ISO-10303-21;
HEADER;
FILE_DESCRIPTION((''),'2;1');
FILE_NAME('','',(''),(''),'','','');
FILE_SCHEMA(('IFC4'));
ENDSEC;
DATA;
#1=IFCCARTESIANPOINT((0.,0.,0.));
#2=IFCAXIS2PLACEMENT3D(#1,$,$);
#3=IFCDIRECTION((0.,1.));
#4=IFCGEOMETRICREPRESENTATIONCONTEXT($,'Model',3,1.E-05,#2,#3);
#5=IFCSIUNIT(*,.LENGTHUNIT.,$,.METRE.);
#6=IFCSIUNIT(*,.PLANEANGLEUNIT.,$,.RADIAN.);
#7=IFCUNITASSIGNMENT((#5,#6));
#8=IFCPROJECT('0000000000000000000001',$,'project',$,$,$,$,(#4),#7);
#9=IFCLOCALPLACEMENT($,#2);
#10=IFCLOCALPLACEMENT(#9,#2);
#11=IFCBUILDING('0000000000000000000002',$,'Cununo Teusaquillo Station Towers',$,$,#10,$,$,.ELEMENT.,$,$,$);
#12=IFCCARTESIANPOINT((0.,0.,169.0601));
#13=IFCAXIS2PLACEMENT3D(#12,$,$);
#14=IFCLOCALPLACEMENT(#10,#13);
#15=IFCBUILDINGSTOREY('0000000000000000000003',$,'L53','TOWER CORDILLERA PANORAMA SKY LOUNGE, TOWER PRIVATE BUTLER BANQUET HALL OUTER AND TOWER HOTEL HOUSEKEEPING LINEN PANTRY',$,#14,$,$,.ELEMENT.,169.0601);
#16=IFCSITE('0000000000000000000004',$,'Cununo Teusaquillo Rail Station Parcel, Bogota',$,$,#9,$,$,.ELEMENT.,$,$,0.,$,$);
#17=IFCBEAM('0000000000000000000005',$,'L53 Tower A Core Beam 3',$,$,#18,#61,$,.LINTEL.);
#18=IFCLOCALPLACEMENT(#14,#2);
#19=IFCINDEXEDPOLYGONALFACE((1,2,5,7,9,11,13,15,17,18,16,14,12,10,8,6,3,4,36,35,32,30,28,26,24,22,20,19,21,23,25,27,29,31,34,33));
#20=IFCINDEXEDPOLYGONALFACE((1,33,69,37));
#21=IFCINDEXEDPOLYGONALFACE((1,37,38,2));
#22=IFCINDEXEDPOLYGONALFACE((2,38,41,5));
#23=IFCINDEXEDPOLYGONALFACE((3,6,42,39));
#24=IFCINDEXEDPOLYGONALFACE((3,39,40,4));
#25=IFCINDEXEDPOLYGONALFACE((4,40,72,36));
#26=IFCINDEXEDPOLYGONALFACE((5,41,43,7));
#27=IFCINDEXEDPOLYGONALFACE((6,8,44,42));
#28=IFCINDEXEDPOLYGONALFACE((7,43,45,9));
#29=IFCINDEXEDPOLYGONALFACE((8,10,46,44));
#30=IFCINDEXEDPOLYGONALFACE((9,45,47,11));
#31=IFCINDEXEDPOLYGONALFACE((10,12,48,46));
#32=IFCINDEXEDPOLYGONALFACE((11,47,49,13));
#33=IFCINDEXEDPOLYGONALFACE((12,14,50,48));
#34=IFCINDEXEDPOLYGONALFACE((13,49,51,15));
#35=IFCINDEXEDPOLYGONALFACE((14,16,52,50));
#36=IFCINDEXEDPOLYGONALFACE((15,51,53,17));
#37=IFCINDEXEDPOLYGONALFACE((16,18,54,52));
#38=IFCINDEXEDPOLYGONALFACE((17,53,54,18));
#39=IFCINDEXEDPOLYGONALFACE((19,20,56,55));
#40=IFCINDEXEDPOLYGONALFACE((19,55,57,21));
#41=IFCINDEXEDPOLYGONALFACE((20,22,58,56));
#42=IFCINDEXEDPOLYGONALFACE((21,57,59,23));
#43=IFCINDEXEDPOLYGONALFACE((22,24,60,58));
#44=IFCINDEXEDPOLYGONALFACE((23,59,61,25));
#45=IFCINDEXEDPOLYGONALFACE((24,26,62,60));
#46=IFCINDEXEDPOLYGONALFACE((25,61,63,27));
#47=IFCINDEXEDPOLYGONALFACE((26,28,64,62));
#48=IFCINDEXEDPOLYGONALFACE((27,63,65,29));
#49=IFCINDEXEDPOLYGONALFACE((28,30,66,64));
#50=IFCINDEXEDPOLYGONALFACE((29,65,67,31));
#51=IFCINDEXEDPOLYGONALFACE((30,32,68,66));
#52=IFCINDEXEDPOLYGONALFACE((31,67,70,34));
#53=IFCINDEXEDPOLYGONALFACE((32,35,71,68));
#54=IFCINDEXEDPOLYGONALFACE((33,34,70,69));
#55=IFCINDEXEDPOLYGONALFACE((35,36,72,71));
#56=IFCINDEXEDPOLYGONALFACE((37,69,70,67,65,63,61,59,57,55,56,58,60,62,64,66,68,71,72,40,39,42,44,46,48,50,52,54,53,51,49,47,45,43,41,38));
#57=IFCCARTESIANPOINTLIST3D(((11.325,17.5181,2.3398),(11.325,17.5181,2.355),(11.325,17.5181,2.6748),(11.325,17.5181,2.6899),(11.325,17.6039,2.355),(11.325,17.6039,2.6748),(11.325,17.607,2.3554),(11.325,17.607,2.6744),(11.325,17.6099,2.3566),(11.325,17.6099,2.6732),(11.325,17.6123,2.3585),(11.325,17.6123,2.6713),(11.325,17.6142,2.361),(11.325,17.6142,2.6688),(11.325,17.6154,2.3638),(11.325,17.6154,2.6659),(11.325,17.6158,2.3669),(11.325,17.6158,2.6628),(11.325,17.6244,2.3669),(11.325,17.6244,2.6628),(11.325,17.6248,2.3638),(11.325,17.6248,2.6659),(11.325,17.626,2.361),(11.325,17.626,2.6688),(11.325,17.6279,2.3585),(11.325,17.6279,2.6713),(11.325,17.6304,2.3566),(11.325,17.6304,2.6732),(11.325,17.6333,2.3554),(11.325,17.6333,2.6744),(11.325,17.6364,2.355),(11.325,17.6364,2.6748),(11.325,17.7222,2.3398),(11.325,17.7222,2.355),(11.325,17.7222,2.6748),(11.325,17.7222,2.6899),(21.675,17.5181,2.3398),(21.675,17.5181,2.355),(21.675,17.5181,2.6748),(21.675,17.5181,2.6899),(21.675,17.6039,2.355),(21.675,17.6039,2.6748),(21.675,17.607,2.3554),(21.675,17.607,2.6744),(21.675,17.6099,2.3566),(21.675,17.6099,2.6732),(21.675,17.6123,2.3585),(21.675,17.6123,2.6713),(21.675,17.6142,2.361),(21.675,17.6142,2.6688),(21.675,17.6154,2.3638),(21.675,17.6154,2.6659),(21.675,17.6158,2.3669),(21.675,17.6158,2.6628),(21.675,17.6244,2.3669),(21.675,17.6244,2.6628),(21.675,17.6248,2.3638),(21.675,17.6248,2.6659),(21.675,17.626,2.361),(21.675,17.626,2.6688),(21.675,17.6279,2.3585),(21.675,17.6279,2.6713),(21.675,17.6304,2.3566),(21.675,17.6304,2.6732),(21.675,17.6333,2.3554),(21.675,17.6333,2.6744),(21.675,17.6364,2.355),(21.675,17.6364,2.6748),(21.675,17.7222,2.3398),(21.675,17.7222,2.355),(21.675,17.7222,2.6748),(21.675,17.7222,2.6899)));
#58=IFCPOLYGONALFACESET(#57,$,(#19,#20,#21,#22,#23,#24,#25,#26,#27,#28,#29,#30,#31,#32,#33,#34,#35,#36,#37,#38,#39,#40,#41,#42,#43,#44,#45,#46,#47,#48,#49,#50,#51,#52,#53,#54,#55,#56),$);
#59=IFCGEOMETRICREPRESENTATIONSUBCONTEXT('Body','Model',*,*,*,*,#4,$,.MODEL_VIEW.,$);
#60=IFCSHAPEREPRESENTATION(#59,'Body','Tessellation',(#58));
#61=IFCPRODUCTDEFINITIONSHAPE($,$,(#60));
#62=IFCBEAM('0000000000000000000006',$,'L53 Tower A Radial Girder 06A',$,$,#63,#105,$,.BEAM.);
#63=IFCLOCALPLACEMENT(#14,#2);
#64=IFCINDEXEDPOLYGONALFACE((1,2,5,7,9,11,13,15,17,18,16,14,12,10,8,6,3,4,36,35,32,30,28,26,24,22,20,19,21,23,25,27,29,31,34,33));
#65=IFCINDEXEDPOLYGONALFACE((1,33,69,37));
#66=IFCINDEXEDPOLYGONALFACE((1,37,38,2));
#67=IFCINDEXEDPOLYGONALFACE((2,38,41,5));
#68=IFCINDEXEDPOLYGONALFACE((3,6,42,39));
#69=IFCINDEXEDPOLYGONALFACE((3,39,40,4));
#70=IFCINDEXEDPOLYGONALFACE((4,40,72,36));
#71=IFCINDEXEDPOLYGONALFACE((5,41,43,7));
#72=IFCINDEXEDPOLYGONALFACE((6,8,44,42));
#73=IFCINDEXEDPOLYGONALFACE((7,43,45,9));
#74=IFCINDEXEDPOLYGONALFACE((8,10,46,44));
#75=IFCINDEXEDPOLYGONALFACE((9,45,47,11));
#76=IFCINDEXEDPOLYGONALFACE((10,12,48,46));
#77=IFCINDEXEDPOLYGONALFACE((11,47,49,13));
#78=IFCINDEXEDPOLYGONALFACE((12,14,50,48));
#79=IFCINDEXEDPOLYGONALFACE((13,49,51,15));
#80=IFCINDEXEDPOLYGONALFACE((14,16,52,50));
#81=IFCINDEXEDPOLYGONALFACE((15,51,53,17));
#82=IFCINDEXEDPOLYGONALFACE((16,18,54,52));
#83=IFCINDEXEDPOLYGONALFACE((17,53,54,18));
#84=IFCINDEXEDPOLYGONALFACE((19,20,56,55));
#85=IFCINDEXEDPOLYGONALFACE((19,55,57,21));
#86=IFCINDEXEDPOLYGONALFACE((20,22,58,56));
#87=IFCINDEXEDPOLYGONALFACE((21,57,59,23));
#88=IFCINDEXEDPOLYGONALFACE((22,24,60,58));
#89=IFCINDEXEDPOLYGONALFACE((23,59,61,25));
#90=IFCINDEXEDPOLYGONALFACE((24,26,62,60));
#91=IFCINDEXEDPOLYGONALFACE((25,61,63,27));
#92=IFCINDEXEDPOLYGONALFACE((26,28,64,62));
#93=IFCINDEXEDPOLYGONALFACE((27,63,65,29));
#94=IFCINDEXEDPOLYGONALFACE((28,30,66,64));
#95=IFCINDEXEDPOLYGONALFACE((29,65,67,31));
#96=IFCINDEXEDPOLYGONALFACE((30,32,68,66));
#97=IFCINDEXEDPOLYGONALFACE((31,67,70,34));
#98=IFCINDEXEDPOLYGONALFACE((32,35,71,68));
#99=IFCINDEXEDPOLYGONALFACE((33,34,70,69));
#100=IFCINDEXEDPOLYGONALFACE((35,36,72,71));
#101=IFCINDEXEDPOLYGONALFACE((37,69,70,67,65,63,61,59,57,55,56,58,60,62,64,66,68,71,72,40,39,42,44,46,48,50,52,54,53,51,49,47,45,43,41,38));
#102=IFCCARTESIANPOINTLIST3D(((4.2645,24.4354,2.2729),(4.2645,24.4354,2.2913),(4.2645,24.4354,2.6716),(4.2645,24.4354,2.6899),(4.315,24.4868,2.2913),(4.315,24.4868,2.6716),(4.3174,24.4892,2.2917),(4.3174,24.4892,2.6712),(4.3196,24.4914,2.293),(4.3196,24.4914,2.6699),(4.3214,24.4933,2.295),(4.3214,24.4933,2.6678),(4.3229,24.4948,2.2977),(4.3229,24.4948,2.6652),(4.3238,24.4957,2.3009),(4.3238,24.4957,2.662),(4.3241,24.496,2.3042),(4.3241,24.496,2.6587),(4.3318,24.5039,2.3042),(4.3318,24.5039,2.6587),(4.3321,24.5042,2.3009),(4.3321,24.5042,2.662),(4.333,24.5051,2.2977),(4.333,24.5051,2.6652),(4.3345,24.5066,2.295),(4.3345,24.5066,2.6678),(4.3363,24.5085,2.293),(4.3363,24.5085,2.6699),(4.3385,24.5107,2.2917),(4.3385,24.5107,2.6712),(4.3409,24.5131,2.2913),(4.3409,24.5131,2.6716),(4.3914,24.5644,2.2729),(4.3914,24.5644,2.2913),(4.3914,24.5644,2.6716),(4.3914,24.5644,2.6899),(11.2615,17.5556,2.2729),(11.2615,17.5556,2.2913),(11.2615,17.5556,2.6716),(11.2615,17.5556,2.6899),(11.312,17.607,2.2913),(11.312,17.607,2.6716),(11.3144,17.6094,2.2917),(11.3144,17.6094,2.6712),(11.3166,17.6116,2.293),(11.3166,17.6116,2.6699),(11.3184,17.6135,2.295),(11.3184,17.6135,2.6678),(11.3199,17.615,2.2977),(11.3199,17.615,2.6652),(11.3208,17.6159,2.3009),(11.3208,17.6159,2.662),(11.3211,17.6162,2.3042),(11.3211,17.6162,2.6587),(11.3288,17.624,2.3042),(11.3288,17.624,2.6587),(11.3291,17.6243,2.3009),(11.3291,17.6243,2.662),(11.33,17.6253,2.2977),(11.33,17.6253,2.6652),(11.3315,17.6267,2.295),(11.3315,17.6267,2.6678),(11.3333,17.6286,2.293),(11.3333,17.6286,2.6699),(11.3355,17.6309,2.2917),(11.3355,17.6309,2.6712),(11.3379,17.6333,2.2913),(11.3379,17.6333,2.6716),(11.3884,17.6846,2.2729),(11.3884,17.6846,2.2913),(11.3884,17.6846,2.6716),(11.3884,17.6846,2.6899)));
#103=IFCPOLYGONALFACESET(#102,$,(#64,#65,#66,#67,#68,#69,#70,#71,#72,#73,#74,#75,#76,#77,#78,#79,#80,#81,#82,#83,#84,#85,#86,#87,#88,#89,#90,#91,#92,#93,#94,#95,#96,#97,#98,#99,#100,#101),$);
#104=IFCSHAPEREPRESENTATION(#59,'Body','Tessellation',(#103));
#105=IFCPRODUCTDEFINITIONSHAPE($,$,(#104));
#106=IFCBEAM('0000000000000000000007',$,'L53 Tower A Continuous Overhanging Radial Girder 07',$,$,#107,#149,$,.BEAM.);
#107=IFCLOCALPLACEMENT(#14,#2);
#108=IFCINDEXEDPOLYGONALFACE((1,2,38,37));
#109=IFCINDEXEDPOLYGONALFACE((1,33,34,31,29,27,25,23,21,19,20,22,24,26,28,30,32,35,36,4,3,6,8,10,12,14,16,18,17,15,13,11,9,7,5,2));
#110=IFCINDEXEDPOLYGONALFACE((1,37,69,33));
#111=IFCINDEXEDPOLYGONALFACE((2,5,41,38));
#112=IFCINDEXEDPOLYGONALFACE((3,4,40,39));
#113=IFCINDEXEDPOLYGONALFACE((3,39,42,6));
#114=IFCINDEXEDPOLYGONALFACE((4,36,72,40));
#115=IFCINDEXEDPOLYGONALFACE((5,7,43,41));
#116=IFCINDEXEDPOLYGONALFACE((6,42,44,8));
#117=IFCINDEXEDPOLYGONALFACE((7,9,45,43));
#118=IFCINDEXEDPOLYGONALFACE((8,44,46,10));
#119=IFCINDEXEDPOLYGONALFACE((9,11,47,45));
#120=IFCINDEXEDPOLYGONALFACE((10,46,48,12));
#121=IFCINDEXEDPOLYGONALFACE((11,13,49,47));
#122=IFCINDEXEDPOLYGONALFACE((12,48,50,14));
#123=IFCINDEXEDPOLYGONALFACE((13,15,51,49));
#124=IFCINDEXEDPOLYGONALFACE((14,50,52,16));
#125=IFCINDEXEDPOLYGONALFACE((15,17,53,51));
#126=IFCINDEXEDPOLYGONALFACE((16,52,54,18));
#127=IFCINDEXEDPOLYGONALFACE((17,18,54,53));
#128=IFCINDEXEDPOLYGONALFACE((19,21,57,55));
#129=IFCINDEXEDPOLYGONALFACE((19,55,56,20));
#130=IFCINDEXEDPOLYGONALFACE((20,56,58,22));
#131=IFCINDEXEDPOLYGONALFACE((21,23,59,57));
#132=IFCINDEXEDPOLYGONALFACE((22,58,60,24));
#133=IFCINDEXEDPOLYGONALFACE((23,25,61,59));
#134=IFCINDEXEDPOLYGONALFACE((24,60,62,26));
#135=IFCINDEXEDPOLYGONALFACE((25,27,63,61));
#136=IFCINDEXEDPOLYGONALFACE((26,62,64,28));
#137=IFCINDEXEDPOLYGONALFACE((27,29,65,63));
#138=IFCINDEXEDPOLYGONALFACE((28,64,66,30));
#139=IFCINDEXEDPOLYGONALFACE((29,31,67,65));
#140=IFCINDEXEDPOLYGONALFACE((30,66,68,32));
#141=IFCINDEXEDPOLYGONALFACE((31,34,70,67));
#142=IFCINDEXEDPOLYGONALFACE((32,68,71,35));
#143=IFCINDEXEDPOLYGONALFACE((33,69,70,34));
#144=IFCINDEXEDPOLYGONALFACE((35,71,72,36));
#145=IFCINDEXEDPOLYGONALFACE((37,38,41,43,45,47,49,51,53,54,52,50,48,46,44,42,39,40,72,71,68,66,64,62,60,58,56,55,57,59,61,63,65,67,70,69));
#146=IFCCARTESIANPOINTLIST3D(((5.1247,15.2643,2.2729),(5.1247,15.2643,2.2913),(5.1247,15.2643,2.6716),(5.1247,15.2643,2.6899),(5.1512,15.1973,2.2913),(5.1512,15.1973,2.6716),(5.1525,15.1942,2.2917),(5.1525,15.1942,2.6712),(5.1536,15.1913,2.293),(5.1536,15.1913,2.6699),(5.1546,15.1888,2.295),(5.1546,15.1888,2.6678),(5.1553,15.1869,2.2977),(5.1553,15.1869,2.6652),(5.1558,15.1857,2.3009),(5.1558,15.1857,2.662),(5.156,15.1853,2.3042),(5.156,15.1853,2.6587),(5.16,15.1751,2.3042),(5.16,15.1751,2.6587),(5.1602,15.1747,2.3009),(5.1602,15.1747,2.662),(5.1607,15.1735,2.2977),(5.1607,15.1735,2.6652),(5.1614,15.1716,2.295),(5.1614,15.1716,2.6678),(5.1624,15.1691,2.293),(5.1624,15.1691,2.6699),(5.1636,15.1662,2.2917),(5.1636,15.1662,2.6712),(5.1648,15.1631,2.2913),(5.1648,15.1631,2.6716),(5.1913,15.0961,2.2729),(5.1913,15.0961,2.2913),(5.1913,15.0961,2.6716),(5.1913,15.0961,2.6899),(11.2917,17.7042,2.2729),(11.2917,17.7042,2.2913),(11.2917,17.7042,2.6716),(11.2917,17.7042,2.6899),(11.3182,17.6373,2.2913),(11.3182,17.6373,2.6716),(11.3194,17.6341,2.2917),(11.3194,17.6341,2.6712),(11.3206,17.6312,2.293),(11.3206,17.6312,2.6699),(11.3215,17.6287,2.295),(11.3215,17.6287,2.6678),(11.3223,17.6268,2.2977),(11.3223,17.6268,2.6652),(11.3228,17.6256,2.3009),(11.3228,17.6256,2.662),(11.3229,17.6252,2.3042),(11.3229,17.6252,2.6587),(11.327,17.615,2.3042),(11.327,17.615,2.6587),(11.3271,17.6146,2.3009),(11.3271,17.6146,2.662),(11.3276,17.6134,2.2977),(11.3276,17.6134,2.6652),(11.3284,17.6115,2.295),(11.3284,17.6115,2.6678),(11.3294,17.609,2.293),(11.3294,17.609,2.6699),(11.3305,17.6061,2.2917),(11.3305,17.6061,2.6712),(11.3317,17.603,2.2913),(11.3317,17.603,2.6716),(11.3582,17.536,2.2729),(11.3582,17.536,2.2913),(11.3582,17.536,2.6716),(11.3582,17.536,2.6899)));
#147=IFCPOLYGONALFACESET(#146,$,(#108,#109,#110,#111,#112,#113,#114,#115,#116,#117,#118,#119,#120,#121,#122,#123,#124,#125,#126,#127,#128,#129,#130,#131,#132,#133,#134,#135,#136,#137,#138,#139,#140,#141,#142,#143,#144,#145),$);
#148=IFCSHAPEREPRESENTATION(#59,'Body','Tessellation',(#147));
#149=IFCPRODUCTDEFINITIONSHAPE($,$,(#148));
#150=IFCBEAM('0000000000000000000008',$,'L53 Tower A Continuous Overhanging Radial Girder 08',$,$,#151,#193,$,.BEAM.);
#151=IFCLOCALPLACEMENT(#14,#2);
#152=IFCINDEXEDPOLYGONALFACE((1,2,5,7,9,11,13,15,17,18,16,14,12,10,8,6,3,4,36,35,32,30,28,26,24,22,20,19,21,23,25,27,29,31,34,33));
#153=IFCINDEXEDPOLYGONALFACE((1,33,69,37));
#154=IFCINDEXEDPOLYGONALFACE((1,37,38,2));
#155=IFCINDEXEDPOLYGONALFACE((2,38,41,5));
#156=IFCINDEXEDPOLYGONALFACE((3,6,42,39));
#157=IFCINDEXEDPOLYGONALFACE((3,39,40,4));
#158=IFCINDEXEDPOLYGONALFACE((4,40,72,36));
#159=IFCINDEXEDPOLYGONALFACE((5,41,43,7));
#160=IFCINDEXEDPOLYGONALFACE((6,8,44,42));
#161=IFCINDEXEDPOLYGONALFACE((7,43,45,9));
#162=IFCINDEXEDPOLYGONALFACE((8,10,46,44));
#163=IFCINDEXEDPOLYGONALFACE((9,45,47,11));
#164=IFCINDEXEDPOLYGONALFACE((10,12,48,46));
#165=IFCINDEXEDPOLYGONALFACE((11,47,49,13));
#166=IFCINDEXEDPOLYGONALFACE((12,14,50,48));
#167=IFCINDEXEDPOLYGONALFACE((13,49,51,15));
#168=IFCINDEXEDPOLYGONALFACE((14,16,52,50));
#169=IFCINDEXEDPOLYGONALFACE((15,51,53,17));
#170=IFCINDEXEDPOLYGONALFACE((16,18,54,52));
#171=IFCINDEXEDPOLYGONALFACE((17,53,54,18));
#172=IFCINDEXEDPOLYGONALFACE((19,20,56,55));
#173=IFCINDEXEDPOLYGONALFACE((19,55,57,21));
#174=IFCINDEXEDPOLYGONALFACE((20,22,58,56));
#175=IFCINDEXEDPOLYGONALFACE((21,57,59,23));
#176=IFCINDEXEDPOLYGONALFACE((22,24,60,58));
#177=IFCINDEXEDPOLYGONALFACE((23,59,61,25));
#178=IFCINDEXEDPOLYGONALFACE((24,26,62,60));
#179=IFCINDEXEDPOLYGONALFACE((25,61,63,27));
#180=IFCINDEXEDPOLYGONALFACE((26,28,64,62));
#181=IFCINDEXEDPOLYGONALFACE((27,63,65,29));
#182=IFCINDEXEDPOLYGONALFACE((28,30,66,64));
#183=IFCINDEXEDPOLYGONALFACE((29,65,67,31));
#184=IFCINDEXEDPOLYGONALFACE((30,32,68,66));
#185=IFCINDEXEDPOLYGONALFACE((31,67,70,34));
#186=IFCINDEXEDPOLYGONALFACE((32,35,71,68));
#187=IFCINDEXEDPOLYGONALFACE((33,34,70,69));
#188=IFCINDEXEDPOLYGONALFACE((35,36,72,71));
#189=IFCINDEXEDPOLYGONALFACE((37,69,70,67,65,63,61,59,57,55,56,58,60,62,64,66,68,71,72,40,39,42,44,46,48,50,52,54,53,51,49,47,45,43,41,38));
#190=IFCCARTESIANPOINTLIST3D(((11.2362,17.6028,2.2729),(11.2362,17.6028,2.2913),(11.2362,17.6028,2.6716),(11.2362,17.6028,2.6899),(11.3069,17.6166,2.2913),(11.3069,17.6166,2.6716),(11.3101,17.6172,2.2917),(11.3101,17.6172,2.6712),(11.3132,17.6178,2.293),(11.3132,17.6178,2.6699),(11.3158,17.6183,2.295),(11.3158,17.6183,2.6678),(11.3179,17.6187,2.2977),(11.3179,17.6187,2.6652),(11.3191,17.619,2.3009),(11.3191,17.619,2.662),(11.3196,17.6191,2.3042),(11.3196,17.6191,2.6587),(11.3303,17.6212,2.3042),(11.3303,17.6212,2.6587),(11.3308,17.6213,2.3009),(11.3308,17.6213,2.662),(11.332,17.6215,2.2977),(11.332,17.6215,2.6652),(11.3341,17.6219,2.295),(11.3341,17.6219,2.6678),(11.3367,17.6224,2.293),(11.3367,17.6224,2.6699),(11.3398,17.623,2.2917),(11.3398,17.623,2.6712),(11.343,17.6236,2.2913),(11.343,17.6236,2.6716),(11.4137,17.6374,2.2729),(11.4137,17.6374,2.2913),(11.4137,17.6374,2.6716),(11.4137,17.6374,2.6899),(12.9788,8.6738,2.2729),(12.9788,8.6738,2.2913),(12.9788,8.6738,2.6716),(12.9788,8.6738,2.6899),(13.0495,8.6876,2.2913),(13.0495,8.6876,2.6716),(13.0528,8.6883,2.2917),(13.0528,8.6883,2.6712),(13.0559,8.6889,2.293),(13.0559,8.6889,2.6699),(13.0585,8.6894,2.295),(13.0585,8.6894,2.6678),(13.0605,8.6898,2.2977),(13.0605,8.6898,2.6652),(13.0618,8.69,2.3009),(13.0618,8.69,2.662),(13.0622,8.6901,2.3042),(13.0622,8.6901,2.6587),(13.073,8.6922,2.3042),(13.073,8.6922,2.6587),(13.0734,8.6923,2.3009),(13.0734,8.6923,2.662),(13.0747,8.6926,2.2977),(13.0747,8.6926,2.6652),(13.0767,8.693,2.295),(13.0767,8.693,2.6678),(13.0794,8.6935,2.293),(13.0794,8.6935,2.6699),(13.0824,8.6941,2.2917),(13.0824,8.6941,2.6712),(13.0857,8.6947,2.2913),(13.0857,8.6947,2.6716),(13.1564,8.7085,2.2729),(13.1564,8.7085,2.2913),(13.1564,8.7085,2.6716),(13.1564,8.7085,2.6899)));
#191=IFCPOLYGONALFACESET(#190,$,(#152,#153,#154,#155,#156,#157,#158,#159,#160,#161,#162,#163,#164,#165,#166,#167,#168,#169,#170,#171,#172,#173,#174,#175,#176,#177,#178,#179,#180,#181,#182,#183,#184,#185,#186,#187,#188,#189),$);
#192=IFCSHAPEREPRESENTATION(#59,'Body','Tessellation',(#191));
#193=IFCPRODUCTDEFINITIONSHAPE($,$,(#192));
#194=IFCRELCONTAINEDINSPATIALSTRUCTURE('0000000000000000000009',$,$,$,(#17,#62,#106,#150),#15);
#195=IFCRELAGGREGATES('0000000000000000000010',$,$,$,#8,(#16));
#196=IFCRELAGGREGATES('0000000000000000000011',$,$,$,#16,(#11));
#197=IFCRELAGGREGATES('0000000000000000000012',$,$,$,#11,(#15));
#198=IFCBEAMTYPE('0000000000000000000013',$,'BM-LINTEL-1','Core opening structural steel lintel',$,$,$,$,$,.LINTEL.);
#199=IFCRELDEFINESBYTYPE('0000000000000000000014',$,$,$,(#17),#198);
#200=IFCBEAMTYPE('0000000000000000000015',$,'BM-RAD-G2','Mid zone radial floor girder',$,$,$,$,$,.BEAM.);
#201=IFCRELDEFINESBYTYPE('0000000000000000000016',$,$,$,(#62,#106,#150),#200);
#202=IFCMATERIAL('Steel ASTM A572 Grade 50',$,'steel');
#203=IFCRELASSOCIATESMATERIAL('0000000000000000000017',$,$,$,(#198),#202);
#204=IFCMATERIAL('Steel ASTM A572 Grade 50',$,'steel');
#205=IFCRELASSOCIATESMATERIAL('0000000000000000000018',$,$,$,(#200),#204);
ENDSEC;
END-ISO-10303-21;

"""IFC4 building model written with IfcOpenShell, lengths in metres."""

from ifc_helpers import new_model, si_unit, direction, frame, origin, origin_2d, place, context, subcontext, project, spatial, i_section, extrude, material, material_profile, profile_set, type_object, element, save


model = new_model("IFC4")

# Units and contexts
model_context = context("Model", 3, precision=1e-05, world=origin(), true_north=direction((0.0, 1.0)))
body_context = subcontext(model_context, "Body", "Model", "MODEL_VIEW")
ifc_project = project(units=[si_unit("LENGTHUNIT", "METRE"), si_unit("PLANEANGLEUNIT", "RADIAN")], contexts=[model_context])

# Site, building, storey
site_placement = place(None, origin())
site = spatial("IfcSite", under=ifc_project, at=site_placement, Name="Cununo Teusaquillo Rail Station Parcel, Bogota", CompositionType="ELEMENT", RefElevation=0.0)
building_placement = place(site_placement, origin())
building = spatial("IfcBuilding", under=site, at=building_placement, Name="Cununo Teusaquillo Station Towers", CompositionType="ELEMENT")
storey_placement = place(building_placement, frame((0.0, 0.0, 169.0601)))
storey = spatial("IfcBuildingStorey", under=building, at=storey_placement, Name="L53", Description="TOWER CORDILLERA PANORAMA SKY LOUNGE, TOWER PRIVATE BUTLER BANQUET HALL OUTER AND TOWER HOTEL HOUSEKEEPING LINEN PANTRY", CompositionType="ELEMENT", Elevation=169.0601)

# Beams
ifc_material_1 = material(Name="Steel ASTM A572 Grade 50", Category="steel")
ifc_material_profile_1 = material_profile(ifc_material_1, i_section(OverallWidth=0.2041, OverallDepth=0.3501, WebThickness=0.0085, FlangeThickness=0.0151, FilletRadius=0.012, at=origin_2d()), Name="W14X48")
ifc_profile_set_1 = profile_set([ifc_material_profile_1], Name="Steel ASTM A572 Grade 50")
beam_type_1 = type_object("IfcBeamType", Name="BM-LINTEL-1", Description="Core opening structural steel lintel", PredefinedType="LINTEL", material=ifc_profile_set_1)
beam_1_placement = place(storey_placement, frame((11.325, 17.6201, 2.5149), z_axis=(1.0, 0.0, 0.0), x_axis=(0.0, 1.0, 0.0)))
element("IfcBeam", 1, at=beam_1_placement, inside=storey, type_object=beam_type_1, Name="L53 Tower A Core Beam 3", PredefinedType="LINTEL", context=body_context, shape_type="SweptSolid", body=[
    extrude(i_section(OverallWidth=0.2041, OverallDepth=0.3501, WebThickness=0.0085, FlangeThickness=0.0151, FilletRadius=0.012, at=origin_2d()), origin(), (0.0, 0.0, 1.0), 10.3501),
])
ifc_material_2 = material(Name="Steel ASTM A572 Grade 50", Category="steel")
ifc_material_profile_2 = material_profile(ifc_material_2, i_section(OverallWidth=0.1809, OverallDepth=0.417, WebThickness=0.011, FlangeThickness=0.0183, FilletRadius=0.0129, at=origin_2d()), Name="W16X57")
ifc_profile_set_2 = profile_set([ifc_material_profile_2], Name="Steel ASTM A572 Grade 50")
beam_type_2 = type_object("IfcBeamType", Name="BM-RAD-G2", Description="Mid zone radial floor girder", PredefinedType="BEAM", material=ifc_profile_set_2)
beam_2_placement = place(storey_placement, frame((11.325, 17.6201, 2.4814), z_axis=(-0.713053, 0.70111, 0.0), x_axis=(-0.70111, -0.713053, 0.0)))
element("IfcBeam", 2, at=beam_2_placement, inside=storey, type_object=beam_type_2, Name="L53 Tower A Radial Girder 06A", PredefinedType="BEAM", context=body_context, shape_type="SweptSolid", body=[
    extrude(i_section(OverallWidth=0.1809, OverallDepth=0.417, WebThickness=0.011, FlangeThickness=0.0183, FilletRadius=0.0129, at=origin_2d()), origin(), (0.0, 0.0, 1.0), 9.8127),
])
beam_3_placement = place(storey_placement, frame((11.325, 17.6201, 2.4814), z_axis=(-0.929866, -0.367897, 0.0), x_axis=(0.367897, -0.929866, 0.0)))
element("IfcBeam", 3, at=beam_3_placement, inside=storey, type_object=beam_type_2, Name="L53 Tower A Continuous Overhanging Radial Girder 07", PredefinedType="BEAM", context=body_context, shape_type="SweptSolid", body=[
    extrude(i_section(OverallWidth=0.1809, OverallDepth=0.417, WebThickness=0.011, FlangeThickness=0.0183, FilletRadius=0.0129, at=origin_2d()), origin(), (0.0, 0.0, 1.0), 6.6321),
])
beam_4_placement = place(storey_placement, frame((11.325, 17.6201, 2.4814), z_axis=(0.191557, -0.981481, 0.0), x_axis=(0.981481, 0.191557, 0.0)))
element("IfcBeam", 4, at=beam_4_placement, inside=storey, type_object=beam_type_2, Name="L53 Tower A Continuous Overhanging Radial Girder 08", PredefinedType="BEAM", context=body_context, shape_type="SweptSolid", body=[
    extrude(i_section(OverallWidth=0.1809, OverallDepth=0.417, WebThickness=0.011, FlangeThickness=0.0183, FilletRadius=0.0129, at=origin_2d()), origin(), (0.0, 0.0, 1.0), 9.0974),
])

save(model, "model.ifc")
